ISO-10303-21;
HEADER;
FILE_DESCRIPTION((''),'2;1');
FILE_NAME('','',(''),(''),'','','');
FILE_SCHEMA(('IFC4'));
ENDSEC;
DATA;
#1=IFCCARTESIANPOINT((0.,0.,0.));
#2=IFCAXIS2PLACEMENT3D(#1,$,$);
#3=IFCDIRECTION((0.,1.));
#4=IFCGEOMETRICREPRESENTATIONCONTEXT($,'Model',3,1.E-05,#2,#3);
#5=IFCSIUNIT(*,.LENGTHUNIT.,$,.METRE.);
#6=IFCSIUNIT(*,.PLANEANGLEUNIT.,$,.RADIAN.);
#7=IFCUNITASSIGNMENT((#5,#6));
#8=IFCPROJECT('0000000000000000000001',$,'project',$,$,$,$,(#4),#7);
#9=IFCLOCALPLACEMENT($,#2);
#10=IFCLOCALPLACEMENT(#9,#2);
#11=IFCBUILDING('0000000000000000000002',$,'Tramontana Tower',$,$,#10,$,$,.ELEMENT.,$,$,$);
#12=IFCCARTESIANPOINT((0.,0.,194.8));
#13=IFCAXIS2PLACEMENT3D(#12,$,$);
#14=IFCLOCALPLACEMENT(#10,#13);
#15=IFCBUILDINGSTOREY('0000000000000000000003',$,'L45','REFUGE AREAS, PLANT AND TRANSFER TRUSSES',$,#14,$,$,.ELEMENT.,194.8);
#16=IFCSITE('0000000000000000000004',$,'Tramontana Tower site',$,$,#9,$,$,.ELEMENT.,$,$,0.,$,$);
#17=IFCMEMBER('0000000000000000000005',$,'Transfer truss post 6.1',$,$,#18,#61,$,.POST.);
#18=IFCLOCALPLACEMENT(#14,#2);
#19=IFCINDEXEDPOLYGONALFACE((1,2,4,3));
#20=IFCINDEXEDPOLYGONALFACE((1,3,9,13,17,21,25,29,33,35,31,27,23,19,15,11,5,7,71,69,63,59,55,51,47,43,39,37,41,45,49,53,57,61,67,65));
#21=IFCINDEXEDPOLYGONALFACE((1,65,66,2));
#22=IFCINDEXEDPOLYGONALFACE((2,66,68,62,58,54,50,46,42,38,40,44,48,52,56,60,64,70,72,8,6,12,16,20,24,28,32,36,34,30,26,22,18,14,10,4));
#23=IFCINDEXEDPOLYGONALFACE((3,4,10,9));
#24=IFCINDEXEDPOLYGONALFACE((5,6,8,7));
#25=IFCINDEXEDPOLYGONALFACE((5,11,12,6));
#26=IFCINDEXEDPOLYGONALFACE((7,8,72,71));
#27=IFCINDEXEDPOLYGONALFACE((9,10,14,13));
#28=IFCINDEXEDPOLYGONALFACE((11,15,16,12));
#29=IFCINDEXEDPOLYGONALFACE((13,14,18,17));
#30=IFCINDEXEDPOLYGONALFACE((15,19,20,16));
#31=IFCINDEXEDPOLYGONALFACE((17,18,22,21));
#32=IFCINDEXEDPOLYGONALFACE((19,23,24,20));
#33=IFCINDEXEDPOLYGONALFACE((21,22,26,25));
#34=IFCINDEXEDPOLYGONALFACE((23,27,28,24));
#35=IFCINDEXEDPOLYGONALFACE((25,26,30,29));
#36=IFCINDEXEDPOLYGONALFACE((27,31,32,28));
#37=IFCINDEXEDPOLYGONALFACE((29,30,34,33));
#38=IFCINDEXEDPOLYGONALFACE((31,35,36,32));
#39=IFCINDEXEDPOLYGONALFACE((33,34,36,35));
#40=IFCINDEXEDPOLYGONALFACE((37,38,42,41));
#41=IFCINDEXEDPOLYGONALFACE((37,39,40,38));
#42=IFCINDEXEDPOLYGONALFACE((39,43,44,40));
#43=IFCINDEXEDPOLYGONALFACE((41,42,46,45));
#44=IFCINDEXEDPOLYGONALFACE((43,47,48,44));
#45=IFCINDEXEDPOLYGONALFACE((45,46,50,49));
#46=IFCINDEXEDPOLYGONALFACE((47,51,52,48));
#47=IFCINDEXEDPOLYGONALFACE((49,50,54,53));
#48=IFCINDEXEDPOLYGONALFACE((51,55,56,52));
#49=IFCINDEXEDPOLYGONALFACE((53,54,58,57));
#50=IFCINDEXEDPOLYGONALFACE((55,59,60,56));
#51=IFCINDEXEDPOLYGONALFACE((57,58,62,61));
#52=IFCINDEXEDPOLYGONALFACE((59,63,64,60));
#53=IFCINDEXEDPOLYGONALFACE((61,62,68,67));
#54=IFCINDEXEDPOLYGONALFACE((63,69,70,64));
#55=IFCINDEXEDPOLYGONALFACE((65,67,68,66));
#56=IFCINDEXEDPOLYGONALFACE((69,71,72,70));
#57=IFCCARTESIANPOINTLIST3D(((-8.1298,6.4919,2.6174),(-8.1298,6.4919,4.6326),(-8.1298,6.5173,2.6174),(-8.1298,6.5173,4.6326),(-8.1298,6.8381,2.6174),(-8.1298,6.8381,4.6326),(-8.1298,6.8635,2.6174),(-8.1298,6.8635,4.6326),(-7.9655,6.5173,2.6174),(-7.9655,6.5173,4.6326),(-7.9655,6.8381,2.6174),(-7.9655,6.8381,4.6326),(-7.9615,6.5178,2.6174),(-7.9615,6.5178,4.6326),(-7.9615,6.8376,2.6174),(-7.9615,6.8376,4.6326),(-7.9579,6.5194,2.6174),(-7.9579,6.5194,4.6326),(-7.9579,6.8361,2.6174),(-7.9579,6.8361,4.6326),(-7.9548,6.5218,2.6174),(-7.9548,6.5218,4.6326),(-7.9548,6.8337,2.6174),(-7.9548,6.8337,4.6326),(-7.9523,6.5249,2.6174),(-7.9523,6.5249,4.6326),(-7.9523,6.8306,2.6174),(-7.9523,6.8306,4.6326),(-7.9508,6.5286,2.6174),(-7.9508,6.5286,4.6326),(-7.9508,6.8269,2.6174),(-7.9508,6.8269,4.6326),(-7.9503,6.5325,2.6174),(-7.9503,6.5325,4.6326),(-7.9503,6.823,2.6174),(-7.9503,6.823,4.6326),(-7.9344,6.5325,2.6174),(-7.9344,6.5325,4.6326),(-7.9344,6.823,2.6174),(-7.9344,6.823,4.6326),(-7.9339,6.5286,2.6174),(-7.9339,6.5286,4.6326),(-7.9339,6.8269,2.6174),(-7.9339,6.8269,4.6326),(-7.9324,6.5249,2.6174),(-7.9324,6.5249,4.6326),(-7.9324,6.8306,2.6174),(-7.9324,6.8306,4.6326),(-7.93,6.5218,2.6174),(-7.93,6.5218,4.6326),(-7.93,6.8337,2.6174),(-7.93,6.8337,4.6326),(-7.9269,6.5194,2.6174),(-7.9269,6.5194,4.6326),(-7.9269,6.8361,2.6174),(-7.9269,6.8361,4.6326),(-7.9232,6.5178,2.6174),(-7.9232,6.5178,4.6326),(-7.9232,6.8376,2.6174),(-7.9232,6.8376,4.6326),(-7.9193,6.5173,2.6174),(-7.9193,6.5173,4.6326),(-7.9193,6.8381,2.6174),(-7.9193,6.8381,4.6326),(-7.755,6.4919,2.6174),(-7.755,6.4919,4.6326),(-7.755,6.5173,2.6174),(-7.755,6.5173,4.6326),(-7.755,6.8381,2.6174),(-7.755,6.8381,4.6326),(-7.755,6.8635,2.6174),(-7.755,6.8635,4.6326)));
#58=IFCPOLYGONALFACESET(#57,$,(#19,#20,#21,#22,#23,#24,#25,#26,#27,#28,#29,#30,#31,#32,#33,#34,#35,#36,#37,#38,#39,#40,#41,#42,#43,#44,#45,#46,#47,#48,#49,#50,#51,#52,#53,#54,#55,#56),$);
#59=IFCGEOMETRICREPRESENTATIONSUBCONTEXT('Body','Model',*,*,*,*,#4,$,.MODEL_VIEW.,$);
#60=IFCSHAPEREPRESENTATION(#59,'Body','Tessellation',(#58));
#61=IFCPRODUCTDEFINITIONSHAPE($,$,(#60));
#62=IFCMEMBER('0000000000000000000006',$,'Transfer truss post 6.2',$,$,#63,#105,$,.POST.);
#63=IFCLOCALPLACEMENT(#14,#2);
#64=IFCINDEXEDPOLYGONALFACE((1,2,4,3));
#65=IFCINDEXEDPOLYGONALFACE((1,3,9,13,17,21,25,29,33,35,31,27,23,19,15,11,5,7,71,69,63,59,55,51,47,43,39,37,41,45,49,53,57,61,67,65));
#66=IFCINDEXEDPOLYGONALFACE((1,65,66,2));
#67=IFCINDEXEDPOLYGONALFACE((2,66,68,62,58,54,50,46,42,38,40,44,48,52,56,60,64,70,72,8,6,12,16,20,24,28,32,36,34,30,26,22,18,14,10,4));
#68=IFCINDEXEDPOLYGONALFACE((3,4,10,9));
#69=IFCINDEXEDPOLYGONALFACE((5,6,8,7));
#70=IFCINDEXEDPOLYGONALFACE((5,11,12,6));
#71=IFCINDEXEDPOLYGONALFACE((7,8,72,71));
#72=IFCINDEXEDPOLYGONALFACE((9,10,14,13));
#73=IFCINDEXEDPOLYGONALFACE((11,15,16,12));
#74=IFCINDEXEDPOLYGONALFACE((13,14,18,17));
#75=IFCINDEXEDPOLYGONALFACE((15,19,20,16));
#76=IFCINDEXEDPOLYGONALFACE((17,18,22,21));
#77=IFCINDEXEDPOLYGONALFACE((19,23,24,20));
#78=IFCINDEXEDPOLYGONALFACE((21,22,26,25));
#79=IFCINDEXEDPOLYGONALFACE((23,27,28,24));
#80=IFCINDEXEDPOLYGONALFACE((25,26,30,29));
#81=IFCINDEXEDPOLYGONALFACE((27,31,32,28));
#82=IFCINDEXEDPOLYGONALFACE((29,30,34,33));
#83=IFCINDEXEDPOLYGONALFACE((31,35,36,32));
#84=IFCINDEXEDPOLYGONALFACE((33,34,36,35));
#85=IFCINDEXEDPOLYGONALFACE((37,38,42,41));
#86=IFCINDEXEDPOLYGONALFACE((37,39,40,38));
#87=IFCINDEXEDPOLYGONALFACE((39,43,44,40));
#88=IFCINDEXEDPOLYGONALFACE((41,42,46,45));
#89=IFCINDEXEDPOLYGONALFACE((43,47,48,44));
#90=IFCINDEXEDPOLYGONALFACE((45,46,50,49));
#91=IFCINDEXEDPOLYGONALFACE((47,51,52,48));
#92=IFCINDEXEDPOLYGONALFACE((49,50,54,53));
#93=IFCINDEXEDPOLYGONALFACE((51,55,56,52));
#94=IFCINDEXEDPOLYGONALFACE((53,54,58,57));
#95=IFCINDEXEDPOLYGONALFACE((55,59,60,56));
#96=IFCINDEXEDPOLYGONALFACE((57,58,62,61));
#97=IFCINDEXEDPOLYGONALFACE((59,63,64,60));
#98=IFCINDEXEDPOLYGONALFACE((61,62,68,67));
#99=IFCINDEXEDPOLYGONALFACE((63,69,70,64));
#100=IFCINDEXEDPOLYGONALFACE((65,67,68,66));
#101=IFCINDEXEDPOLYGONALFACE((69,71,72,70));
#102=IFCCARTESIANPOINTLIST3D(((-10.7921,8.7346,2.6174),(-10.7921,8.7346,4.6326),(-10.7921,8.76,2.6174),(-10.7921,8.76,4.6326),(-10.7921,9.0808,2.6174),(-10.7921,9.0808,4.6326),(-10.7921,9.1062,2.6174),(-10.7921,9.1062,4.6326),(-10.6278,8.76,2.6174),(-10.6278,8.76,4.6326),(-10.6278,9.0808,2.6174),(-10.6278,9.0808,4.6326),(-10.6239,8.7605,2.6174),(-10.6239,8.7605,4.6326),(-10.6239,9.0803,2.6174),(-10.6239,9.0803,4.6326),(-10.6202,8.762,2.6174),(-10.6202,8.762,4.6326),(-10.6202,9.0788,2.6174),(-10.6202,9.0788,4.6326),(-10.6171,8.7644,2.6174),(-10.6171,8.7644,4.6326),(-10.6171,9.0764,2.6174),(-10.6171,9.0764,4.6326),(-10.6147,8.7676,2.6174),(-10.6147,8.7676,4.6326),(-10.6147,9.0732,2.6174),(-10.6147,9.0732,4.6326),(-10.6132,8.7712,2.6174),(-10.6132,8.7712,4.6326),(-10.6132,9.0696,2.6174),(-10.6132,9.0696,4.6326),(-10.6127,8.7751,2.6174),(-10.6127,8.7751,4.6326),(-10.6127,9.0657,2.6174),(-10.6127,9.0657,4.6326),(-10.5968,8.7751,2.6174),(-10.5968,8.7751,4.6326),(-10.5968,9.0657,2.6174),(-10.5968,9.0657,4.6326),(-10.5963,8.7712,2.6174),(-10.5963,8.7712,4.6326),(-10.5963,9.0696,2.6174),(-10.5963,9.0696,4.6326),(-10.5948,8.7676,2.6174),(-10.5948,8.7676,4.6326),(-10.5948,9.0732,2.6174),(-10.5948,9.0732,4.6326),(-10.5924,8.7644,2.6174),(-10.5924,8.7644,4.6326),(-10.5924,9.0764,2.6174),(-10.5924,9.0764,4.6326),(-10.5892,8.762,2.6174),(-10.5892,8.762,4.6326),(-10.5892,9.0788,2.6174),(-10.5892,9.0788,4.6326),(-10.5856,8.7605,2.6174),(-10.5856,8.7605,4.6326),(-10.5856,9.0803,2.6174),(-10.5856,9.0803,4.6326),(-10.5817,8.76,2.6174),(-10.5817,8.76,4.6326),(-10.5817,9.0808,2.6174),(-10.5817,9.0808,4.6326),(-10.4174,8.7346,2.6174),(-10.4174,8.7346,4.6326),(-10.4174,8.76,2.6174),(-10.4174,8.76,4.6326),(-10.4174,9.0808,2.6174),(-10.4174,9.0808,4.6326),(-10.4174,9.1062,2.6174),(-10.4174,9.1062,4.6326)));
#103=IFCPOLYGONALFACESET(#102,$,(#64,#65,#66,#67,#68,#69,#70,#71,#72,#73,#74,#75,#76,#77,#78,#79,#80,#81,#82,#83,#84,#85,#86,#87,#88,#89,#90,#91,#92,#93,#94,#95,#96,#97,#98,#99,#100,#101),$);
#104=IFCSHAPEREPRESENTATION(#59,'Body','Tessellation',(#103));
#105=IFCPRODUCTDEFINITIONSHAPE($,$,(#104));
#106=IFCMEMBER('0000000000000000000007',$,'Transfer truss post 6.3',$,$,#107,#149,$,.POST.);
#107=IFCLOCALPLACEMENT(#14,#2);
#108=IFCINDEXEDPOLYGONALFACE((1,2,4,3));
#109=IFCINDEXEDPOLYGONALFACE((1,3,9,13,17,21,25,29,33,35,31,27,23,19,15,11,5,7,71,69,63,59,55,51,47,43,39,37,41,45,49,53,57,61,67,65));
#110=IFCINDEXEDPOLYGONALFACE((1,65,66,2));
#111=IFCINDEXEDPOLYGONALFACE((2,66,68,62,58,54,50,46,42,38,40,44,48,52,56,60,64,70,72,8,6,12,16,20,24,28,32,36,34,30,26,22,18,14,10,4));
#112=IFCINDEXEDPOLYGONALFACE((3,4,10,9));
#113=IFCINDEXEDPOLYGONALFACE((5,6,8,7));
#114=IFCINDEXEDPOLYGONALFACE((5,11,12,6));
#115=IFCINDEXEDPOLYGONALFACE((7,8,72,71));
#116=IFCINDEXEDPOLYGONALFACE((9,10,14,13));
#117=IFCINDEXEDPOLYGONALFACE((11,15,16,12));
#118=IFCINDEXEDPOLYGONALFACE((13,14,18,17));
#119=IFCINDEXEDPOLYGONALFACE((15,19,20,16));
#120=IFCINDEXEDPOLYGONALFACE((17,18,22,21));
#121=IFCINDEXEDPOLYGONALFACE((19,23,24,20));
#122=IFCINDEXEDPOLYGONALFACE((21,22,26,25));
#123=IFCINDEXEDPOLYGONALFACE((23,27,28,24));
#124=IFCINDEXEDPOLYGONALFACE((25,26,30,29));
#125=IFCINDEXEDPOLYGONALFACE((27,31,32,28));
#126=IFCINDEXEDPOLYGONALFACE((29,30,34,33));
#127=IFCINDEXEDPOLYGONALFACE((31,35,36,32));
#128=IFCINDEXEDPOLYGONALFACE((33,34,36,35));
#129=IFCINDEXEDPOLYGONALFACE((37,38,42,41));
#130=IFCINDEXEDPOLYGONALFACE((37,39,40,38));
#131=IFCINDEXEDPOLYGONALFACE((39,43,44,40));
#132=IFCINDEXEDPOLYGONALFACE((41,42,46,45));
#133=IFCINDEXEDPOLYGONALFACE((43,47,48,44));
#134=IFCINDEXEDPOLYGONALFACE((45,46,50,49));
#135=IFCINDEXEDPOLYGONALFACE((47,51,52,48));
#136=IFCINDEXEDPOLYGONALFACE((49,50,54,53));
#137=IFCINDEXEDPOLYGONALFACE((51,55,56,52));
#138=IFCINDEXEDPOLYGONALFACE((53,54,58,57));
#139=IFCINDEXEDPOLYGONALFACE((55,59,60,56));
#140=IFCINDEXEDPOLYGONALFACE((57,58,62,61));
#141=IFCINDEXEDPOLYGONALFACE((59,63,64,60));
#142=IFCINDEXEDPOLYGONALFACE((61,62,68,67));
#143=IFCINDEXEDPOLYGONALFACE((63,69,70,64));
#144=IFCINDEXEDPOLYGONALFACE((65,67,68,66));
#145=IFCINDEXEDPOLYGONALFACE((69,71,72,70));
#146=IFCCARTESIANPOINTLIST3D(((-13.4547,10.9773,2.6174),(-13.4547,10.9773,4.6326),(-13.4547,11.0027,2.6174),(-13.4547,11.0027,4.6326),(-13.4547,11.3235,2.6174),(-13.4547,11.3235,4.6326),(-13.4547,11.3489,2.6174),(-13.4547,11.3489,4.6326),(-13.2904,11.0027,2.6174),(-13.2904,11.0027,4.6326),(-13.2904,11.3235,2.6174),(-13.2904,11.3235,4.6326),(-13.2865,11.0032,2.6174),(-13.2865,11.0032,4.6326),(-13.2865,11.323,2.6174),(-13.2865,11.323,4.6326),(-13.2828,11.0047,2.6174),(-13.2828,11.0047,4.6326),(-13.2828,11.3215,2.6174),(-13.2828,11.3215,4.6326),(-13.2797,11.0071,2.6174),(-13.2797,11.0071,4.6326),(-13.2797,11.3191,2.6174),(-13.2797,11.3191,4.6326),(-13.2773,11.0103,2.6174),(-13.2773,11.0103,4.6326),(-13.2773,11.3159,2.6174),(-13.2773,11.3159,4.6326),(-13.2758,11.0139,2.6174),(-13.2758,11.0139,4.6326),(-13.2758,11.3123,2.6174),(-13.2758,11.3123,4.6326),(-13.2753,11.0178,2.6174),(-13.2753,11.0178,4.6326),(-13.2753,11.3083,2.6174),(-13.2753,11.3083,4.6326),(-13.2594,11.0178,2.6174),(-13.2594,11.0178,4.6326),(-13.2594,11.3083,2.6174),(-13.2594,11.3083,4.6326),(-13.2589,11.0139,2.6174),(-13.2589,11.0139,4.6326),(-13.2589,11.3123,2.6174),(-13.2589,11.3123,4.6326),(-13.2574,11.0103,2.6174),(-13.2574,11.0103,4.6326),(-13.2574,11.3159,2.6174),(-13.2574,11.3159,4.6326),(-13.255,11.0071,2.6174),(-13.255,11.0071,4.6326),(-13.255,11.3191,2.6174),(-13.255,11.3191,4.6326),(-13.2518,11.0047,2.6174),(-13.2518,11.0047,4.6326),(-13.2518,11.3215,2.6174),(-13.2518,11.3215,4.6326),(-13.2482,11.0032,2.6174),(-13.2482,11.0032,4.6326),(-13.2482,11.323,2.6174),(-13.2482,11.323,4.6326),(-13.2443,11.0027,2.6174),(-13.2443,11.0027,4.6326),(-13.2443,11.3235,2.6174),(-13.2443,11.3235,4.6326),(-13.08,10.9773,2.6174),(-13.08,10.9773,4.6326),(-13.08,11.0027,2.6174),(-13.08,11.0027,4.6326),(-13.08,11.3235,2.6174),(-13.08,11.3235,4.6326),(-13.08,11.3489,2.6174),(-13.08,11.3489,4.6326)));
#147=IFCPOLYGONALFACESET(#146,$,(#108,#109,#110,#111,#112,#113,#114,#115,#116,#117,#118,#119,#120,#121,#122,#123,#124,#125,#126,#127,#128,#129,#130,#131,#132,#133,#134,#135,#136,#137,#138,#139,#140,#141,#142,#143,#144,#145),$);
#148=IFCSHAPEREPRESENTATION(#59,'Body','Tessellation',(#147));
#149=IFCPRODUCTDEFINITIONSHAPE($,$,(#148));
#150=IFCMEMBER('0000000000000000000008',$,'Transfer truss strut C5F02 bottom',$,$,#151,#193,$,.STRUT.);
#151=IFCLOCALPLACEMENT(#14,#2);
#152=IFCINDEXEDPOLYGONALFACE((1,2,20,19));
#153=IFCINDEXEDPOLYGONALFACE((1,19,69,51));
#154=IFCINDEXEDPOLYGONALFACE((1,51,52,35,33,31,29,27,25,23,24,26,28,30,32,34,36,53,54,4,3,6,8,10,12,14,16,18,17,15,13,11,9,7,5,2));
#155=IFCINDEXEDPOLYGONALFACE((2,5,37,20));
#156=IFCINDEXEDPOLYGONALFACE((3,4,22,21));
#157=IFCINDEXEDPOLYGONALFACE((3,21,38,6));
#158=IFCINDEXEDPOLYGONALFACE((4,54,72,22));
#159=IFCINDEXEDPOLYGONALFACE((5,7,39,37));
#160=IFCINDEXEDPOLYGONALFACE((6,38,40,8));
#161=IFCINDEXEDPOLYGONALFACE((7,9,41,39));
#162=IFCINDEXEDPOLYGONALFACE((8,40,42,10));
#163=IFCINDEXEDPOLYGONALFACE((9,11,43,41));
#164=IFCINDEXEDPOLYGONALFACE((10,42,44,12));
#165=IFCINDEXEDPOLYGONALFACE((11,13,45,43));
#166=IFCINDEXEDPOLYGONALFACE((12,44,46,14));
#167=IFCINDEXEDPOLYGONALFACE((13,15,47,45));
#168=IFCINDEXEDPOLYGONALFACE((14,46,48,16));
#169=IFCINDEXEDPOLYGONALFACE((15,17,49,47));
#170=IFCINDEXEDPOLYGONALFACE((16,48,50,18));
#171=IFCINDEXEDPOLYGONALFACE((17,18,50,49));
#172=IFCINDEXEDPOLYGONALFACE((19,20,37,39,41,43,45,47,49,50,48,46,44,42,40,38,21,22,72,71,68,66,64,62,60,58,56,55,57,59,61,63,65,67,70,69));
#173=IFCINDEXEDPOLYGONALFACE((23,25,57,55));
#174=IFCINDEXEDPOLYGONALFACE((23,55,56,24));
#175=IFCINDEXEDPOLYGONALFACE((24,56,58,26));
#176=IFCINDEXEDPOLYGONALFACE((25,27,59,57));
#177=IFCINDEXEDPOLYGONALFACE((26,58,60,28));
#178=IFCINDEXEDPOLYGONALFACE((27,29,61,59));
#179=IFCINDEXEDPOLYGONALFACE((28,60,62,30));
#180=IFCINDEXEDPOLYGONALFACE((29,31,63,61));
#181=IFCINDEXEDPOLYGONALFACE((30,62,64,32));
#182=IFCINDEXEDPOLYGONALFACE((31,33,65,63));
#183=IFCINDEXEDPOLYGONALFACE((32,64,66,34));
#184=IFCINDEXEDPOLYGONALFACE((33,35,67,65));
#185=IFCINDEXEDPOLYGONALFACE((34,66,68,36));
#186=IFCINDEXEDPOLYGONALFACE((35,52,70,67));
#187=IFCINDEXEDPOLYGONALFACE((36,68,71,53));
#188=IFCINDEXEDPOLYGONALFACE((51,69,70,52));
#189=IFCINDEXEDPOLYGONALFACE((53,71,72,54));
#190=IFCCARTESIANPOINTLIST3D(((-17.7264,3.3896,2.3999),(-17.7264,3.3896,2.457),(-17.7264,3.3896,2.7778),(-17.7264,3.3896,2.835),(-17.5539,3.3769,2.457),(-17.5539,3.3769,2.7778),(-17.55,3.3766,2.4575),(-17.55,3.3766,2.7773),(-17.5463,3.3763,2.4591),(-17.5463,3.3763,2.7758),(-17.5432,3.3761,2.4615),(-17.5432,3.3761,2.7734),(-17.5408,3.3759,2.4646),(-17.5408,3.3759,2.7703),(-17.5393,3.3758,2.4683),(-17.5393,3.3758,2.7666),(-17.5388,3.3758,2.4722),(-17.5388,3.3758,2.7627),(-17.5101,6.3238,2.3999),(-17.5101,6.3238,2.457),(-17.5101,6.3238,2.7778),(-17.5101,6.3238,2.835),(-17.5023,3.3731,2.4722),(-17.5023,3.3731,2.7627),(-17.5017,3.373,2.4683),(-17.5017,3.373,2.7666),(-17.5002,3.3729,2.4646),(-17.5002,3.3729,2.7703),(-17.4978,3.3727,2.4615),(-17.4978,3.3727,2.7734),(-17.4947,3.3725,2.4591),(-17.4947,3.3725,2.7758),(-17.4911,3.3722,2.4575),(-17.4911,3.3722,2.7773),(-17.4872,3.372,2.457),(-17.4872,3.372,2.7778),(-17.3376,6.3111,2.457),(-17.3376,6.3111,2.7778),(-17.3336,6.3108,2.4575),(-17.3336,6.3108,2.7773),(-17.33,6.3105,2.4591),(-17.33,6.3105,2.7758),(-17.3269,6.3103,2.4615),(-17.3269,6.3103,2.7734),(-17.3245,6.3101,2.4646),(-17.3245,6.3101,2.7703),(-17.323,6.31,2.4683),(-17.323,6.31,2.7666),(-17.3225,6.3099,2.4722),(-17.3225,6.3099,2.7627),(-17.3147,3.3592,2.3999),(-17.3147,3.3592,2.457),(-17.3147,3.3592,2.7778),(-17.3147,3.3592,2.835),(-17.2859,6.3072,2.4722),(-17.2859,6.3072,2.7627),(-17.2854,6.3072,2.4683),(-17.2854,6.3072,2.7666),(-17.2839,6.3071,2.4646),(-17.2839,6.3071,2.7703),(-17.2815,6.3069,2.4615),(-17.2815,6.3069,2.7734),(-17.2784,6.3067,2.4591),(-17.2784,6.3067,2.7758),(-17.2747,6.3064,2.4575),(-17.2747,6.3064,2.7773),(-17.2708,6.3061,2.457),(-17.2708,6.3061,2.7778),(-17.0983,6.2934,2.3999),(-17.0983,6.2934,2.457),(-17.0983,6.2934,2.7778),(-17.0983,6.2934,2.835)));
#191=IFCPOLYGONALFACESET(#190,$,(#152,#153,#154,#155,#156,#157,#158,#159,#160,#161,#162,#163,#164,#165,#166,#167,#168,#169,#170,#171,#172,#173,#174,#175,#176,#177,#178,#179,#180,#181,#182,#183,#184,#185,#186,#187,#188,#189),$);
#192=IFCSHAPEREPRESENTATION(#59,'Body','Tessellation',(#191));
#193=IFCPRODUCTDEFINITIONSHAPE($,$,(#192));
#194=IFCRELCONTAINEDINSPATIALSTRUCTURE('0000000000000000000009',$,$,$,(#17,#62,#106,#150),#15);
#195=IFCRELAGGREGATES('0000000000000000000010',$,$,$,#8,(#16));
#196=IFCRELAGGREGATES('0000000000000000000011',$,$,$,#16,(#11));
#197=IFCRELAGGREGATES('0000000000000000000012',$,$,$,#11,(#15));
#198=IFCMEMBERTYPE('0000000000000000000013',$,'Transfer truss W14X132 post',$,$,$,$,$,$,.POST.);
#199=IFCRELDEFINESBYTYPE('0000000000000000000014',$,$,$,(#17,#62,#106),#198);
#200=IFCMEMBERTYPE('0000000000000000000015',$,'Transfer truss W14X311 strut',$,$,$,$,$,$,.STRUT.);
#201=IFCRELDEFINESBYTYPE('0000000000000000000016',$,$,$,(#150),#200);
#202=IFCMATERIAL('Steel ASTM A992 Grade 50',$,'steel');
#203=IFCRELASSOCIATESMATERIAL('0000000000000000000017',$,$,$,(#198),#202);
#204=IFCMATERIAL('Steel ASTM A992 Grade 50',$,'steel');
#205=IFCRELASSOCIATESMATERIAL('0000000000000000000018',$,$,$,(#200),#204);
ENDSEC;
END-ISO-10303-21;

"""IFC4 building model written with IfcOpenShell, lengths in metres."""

from ifc_helpers import new_model, si_unit, direction, frame, origin, origin_2d, place, context, subcontext, project, spatial, i_section, extrude, material, material_profile, profile_set, type_object, element, save


model = new_model("IFC4")

# Units and contexts
model_context = context("Model", 3, precision=1e-05, world=origin(), true_north=direction((0.0, 1.0)))
body_context = subcontext(model_context, "Body", "Model", "MODEL_VIEW")
ifc_project = project(units=[si_unit("LENGTHUNIT", "METRE"), si_unit("PLANEANGLEUNIT", "RADIAN")], contexts=[model_context])

# Site, building, storey
site_placement = place(None, origin())
site = spatial("IfcSite", under=ifc_project, at=site_placement, Name="Tramontana Tower site", CompositionType="ELEMENT", RefElevation=0.0)
building_placement = place(site_placement, origin())
building = spatial("IfcBuilding", under=site, at=building_placement, Name="Tramontana Tower", CompositionType="ELEMENT")
storey_placement = place(building_placement, frame((0.0, 0.0, 194.8)))
storey = spatial("IfcBuildingStorey", under=building, at=storey_placement, Name="L45", Description="REFUGE AREAS, PLANT AND TRANSFER TRUSSES", CompositionType="ELEMENT", Elevation=194.8)

# Members
ifc_material_1 = material(Name="Steel ASTM A992 Grade 50", Category="steel")
ifc_material_profile_1 = material_profile(ifc_material_1, i_section(OverallWidth=0.3748, OverallDepth=0.3716, WebThickness=0.0159, FlangeThickness=0.0254, FilletRadius=0.0151, at=origin_2d()), Name="W14X132")
ifc_profile_set_1 = profile_set([ifc_material_profile_1], Name="Steel ASTM A992 Grade 50")
member_type_1 = type_object("IfcMemberType", Name="Transfer truss W14X132 post", PredefinedType="POST", material=ifc_profile_set_1)
for number, where, z_axis, x_axis, name in (
    (1, (-7.9424, 6.6777, 2.6174), (0.0, 0.0, 1.0), (1.0, 0.0, 0.0), "Transfer truss post 6.1"),
    (2, (-10.6047, 8.9204, 2.6174), (0.0, 0.0, 1.0), (1.0, 0.0, 0.0), "Transfer truss post 6.2"),
    (3, (-13.2673, 11.1631, 2.6174), (0.0, 0.0, 1.0), (1.0, 0.0, 0.0), "Transfer truss post 6.3"),
):
    element("IfcMember", number, at=place(storey_placement, frame(where, z_axis=z_axis, x_axis=x_axis)), inside=storey, type_object=member_type_1, Name=name, PredefinedType="POST", context=body_context, shape_type="SweptSolid", body=[
        extrude(i_section(OverallWidth=0.3748, OverallDepth=0.3716, WebThickness=0.0159, FlangeThickness=0.0254, FilletRadius=0.0151, at=origin_2d()), origin(), (0.0, 0.0, 1.0), 2.0151),
    ])
ifc_material_2 = material(Name="Steel ASTM A992 Grade 50", Category="steel")
ifc_material_profile_2 = material_profile(ifc_material_2, i_section(OverallWidth=0.4128, OverallDepth=0.4351, WebThickness=0.0366, FlangeThickness=0.0571, FilletRadius=0.0151, at=origin_2d()), Name="W14X311")
ifc_profile_set_2 = profile_set([ifc_material_profile_2], Name="Steel ASTM A992 Grade 50")
member_type_2 = type_object("IfcMemberType", Name="Transfer truss W14X311 strut", PredefinedType="STRUT", material=ifc_profile_set_2)
member_1_placement = place(storey_placement, frame((-17.3042, 6.3086, 2.6174), z_axis=(-0.073523, -0.997294, 0.0), x_axis=(0.997294, -0.073523, 0.0)))
element("IfcMember", 4, at=member_1_placement, inside=storey, type_object=member_type_2, Name="Transfer truss strut C5F02 bottom", PredefinedType="STRUT", context=body_context, shape_type="SweptSolid", body=[
    extrude(i_section(OverallWidth=0.4128, OverallDepth=0.4351, WebThickness=0.0366, FlangeThickness=0.0571, FilletRadius=0.0151, at=origin_2d()), origin(), (0.0, 0.0, 1.0), 2.9421),
])

save(model, "model.ifc")
